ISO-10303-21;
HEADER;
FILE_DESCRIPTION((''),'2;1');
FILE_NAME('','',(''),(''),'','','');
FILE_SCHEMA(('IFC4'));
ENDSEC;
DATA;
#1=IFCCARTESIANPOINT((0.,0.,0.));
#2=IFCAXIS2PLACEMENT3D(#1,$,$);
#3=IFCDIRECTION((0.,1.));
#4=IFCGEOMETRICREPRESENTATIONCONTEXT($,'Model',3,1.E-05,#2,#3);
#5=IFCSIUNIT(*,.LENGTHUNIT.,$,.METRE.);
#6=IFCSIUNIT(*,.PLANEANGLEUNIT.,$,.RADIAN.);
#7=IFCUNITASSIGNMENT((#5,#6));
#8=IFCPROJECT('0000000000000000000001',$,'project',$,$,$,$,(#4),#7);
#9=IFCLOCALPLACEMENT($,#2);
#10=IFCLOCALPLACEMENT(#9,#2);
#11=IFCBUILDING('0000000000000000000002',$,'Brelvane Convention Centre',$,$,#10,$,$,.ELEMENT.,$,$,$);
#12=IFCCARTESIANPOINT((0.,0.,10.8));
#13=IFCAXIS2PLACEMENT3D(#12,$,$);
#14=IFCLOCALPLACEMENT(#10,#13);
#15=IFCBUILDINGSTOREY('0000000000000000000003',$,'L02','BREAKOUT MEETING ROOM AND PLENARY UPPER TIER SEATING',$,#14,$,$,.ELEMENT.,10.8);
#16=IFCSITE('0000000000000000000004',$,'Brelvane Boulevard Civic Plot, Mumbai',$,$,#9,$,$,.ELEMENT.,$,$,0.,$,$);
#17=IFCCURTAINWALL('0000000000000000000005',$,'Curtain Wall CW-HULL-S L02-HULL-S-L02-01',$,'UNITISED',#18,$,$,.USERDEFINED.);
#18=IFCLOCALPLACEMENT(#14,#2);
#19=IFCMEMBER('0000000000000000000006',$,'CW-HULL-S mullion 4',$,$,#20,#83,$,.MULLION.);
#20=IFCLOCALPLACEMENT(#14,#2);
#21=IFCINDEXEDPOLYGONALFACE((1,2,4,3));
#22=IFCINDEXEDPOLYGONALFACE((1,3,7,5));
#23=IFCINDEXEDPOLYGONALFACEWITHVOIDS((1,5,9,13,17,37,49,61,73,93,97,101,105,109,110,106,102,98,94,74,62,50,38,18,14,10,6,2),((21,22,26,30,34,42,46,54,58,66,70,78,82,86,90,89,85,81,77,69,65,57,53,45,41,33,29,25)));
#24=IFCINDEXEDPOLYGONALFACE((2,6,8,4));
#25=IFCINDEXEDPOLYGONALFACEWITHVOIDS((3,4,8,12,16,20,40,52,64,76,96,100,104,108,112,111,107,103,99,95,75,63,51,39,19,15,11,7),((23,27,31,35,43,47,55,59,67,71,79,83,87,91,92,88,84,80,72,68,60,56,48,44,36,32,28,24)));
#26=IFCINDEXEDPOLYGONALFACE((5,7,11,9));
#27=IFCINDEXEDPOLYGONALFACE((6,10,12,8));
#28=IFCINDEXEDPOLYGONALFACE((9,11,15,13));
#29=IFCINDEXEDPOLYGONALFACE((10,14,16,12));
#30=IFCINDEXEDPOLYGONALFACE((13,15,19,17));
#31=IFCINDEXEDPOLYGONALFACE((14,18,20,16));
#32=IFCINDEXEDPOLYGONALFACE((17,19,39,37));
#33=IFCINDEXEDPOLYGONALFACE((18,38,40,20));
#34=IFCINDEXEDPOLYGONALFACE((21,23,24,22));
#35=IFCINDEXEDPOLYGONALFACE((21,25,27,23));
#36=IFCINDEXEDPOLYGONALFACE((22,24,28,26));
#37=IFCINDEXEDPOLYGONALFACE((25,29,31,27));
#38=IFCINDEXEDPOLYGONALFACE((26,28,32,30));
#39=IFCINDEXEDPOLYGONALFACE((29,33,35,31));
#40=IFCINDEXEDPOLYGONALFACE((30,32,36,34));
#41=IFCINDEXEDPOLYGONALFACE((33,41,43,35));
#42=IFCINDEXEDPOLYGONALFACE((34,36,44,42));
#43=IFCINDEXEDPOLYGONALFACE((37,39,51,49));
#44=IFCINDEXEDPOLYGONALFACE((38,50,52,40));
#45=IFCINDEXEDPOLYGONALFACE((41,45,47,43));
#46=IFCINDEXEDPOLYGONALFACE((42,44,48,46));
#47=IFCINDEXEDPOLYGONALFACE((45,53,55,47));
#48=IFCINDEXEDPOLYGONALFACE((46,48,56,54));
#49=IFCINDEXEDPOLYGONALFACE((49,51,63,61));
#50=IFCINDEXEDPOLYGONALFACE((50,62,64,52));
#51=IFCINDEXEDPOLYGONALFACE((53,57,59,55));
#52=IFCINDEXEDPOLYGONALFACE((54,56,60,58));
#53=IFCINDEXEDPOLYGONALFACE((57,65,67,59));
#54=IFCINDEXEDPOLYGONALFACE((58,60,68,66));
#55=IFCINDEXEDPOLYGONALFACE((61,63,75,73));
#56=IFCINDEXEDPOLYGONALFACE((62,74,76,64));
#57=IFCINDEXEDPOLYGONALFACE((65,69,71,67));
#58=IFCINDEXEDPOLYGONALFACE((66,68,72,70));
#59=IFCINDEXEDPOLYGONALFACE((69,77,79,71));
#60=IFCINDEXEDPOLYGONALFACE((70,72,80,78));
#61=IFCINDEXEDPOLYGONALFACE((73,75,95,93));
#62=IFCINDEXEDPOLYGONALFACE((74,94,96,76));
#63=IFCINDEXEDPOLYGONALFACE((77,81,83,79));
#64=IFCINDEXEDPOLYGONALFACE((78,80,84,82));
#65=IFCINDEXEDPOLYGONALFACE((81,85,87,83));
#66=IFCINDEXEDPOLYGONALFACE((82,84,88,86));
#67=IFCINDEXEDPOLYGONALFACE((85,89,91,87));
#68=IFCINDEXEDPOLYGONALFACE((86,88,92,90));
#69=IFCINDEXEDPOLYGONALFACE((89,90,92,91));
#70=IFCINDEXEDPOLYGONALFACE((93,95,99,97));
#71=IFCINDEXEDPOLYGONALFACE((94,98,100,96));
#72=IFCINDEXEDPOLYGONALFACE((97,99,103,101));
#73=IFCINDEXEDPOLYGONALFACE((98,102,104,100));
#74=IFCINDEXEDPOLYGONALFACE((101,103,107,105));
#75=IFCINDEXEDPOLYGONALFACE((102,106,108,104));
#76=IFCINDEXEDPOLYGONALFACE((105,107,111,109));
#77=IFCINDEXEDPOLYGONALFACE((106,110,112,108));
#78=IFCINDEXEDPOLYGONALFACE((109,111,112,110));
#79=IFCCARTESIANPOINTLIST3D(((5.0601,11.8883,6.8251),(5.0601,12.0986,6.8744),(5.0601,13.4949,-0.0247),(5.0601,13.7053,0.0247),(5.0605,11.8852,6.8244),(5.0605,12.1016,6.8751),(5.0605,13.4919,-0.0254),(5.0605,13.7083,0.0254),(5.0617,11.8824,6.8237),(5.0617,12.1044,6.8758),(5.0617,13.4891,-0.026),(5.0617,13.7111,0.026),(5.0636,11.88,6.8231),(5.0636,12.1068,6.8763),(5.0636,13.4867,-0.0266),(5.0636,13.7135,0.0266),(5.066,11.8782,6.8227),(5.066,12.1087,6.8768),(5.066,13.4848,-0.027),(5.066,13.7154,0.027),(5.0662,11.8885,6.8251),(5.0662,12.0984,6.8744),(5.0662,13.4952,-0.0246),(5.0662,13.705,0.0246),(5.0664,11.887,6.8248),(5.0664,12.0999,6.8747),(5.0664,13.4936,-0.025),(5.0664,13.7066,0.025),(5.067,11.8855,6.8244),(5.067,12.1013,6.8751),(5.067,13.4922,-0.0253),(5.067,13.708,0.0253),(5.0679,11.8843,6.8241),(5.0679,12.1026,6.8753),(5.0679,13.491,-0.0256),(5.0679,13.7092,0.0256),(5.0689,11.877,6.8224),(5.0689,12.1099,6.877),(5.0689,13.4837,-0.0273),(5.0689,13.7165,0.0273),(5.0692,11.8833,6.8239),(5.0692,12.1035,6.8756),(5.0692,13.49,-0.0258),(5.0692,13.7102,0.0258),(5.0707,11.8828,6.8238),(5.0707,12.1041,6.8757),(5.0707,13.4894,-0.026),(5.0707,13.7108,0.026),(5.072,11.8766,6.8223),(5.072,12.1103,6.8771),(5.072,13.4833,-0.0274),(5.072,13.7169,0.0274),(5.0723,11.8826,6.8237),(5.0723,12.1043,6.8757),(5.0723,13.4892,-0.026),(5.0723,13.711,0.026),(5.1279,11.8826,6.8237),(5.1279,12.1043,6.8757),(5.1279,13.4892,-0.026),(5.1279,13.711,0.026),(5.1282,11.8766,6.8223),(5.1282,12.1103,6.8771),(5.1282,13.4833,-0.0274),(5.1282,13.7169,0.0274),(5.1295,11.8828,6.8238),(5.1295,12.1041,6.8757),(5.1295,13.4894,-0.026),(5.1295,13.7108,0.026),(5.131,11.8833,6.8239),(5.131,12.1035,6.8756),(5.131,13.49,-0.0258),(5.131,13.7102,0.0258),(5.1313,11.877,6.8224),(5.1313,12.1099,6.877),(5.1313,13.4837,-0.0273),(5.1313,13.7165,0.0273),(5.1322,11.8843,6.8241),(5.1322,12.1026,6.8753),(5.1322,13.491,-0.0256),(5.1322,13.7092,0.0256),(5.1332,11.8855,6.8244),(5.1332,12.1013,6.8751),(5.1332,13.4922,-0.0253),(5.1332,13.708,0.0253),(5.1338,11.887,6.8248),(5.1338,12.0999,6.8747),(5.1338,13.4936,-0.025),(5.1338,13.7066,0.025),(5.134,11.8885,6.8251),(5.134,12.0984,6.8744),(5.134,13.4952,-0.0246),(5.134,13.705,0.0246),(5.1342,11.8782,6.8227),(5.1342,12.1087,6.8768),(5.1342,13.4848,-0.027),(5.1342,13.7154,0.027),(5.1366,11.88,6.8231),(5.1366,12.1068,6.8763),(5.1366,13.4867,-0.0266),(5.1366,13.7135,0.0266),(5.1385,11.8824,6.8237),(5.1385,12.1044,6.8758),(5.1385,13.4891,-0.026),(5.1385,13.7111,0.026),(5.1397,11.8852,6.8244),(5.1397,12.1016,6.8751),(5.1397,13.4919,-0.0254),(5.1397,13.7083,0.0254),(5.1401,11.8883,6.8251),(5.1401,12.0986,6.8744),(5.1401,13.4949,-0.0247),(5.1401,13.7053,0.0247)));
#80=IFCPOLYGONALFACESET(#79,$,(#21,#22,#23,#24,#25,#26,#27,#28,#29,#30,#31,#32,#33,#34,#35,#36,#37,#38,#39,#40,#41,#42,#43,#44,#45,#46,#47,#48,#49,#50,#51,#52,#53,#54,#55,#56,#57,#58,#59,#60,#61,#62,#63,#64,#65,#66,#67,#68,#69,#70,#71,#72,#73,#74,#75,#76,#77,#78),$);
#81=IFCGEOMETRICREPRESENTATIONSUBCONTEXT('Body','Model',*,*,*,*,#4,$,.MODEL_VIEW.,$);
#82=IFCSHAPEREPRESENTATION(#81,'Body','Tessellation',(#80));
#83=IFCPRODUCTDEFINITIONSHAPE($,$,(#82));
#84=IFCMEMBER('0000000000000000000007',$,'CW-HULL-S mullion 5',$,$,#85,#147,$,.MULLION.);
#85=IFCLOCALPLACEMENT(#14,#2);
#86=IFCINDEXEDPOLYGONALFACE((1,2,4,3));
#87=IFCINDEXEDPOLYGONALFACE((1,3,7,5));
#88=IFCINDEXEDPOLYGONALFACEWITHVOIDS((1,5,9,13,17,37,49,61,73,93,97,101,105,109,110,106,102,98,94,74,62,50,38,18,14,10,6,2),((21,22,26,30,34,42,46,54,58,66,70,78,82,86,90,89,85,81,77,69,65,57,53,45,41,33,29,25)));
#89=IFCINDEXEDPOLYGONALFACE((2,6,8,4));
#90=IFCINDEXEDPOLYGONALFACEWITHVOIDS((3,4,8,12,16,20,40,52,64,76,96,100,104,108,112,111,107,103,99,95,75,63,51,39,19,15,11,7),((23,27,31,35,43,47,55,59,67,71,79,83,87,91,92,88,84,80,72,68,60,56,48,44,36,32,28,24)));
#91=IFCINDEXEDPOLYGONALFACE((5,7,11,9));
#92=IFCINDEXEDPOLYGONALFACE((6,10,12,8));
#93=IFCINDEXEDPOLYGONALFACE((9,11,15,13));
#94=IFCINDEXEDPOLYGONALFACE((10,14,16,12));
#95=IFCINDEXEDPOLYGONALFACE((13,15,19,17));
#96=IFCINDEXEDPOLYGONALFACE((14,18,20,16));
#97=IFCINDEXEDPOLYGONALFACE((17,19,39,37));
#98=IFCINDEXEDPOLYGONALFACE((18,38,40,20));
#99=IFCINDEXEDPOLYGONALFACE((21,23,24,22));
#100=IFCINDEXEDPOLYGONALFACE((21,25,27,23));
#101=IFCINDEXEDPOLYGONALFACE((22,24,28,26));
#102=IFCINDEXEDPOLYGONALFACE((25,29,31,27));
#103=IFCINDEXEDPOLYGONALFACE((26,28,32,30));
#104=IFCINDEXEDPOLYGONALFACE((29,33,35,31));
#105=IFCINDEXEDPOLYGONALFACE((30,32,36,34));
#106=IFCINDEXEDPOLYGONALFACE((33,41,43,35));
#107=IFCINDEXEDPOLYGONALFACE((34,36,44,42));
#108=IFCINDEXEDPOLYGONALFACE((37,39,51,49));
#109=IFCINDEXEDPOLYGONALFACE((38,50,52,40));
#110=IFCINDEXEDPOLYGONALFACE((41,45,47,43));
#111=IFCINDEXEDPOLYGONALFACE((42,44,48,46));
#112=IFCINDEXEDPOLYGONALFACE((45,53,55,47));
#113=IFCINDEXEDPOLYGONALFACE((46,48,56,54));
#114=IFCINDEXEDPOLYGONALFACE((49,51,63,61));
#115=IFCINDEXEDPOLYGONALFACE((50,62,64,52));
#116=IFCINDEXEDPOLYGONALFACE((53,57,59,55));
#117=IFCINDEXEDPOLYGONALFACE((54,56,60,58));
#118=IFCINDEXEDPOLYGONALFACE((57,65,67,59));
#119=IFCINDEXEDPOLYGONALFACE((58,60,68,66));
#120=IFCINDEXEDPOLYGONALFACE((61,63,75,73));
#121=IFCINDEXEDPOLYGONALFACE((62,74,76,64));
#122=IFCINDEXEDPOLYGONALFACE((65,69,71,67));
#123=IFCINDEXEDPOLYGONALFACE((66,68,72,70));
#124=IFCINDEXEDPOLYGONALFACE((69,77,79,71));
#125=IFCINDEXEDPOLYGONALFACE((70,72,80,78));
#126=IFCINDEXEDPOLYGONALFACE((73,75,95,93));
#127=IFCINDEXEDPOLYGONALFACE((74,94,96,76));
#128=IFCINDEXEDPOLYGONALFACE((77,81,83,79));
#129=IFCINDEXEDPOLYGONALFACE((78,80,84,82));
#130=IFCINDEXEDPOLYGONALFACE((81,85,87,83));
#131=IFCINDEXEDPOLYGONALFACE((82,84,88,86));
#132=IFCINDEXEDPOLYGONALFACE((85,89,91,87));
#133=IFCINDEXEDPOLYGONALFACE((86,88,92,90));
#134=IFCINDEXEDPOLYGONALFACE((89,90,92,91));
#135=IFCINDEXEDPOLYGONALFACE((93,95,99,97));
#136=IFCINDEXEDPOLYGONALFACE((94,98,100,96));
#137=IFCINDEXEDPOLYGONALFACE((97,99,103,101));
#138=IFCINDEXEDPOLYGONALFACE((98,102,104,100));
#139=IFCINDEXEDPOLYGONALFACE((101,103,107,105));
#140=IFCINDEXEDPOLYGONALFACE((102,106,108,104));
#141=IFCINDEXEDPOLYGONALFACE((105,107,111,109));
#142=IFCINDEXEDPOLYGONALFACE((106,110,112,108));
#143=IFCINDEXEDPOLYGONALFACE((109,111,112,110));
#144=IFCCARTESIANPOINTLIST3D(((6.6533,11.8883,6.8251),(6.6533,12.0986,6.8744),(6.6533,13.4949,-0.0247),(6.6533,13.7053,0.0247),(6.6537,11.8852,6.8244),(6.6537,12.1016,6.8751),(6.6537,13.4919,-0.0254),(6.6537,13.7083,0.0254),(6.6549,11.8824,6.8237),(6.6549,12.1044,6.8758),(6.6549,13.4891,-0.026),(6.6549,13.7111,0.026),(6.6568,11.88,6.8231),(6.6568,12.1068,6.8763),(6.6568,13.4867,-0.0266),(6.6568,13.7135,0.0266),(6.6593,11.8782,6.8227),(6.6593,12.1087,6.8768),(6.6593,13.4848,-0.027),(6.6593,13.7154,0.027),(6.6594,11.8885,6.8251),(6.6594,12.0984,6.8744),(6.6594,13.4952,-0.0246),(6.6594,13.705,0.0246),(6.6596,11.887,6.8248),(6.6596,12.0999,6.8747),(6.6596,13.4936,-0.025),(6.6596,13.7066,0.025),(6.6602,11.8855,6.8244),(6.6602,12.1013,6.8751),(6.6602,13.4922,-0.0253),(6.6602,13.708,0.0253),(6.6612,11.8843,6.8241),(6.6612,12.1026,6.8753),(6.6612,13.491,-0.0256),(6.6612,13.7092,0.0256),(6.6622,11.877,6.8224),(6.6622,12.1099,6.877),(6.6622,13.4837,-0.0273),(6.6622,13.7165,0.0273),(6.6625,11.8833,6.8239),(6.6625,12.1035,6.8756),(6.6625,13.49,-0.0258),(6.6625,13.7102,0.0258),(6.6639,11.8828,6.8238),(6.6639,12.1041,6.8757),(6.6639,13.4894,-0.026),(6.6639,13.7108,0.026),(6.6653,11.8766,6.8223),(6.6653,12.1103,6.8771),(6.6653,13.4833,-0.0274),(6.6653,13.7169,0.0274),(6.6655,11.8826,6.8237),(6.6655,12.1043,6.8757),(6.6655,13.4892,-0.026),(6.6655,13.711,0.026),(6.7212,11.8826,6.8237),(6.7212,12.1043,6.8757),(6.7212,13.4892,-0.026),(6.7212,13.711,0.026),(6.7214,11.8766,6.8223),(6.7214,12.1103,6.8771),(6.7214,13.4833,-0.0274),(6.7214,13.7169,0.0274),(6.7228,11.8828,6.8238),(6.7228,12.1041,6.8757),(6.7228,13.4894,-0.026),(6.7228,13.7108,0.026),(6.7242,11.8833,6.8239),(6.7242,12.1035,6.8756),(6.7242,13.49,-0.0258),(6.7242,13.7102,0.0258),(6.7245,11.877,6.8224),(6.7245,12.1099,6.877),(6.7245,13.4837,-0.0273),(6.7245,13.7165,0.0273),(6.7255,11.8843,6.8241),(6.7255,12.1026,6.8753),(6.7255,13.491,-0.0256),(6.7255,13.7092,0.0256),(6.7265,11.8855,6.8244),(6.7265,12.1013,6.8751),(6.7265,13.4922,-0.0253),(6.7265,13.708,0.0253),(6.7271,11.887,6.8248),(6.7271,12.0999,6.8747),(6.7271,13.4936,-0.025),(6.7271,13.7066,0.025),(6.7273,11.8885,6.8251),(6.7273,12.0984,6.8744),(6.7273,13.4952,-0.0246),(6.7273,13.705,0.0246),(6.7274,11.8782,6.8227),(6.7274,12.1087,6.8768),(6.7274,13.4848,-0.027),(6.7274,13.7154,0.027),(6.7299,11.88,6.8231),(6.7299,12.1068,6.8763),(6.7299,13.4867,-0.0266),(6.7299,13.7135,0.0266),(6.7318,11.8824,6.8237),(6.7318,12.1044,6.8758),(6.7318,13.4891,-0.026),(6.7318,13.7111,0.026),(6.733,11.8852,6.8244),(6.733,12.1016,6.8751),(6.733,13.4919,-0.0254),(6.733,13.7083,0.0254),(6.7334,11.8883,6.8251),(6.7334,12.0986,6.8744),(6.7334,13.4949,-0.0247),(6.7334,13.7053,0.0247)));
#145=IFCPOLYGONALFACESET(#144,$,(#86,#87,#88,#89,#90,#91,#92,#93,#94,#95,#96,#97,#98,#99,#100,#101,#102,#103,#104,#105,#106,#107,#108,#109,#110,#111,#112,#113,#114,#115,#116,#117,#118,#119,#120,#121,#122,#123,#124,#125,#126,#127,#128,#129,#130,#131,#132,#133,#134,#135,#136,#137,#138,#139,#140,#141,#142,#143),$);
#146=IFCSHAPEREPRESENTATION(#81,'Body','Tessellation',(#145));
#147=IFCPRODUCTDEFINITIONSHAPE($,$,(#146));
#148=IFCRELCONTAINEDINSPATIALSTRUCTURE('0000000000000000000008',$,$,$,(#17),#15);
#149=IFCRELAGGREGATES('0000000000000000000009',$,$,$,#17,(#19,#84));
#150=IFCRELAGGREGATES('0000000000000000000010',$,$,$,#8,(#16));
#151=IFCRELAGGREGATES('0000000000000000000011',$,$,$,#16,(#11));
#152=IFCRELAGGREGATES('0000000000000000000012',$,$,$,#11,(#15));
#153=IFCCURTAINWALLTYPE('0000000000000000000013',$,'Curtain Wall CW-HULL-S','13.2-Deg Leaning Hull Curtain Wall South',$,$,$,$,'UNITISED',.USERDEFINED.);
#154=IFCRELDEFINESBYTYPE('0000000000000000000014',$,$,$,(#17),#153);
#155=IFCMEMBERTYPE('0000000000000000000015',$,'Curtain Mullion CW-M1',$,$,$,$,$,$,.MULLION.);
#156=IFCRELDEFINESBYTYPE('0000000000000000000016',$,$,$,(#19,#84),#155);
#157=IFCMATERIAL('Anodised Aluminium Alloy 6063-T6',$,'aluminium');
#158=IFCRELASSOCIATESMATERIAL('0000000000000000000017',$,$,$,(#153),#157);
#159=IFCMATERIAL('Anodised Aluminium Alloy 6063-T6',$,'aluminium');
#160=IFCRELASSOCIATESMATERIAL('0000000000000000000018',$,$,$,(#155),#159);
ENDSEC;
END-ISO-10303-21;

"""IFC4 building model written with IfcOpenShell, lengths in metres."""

from ifc_helpers import new_model, si_unit, direction, frame, origin, origin_2d, place, context, subcontext, project, spatial, hollow_rectangle, extrude, material, material_profile, profile_set, type_object, element, aggregate, save


model = new_model("IFC4")

# Units and contexts
model_context = context("Model", 3, precision=1e-05, world=origin(), true_north=direction((0.0, 1.0)))
body_context = subcontext(model_context, "Body", "Model", "MODEL_VIEW")
ifc_project = project(units=[si_unit("LENGTHUNIT", "METRE"), si_unit("PLANEANGLEUNIT", "RADIAN")], contexts=[model_context])

# Site, building, storey
site_placement = place(None, origin())
site = spatial("IfcSite", under=ifc_project, at=site_placement, Name="Brelvane Boulevard Civic Plot, Mumbai", CompositionType="ELEMENT", RefElevation=0.0)
building_placement = place(site_placement, origin())
building = spatial("IfcBuilding", under=site, at=building_placement, Name="Brelvane Convention Centre", CompositionType="ELEMENT")
storey_placement = place(building_placement, frame((0.0, 0.0, 10.8)))
storey = spatial("IfcBuildingStorey", under=building, at=storey_placement, Name="L02", Description="BREAKOUT MEETING ROOM AND PLENARY UPPER TIER SEATING", CompositionType="ELEMENT", Elevation=10.8)

# Curtain wall, members
ifc_material_1 = material(Name="Anodised Aluminium Alloy 6063-T6", Category="aluminium")
curtain_wall_type = type_object("IfcCurtainWallType", Name="Curtain Wall CW-HULL-S", Description="13.2-Deg Leaning Hull Curtain Wall South", ElementType="UNITISED", PredefinedType="USERDEFINED", material=ifc_material_1)
curtain_wall_1_placement = place(storey_placement, origin())
curtain_wall_1 = element("IfcCurtainWall", 1, at=curtain_wall_1_placement, inside=storey, type_object=curtain_wall_type, Name="Curtain Wall CW-HULL-S L02-HULL-S-L02-01", ObjectType="UNITISED", PredefinedType="USERDEFINED")
ifc_material_2 = material(Name="Anodised Aluminium Alloy 6063-T6", Category="aluminium")
ifc_material_profile_1 = material_profile(ifc_material_2, hollow_rectangle(XDim=0.0801, YDim=0.24, WallThickness=0.0061, InnerFilletRadius=0.0061, OuterFilletRadius=0.012, at=origin_2d()), Name="ALU-M 240x80x6.0")
ifc_profile_set_1 = profile_set([ifc_material_profile_1], Name="Anodised Aluminium Alloy 6063-T6")
member_type_1 = type_object("IfcMemberType", Name="Curtain Mullion CW-M1", PredefinedType="MULLION", material=ifc_profile_set_1)
member_1_placement = place(storey_placement, frame((5.1001, 13.6001, 0.0), z_axis=(0.0, -0.22836, 0.973577), x_axis=(1.0, 0.0, 0.0)))
member_1 = element("IfcMember", 2, at=member_1_placement, type_object=member_type_1, Name="CW-HULL-S mullion 4", PredefinedType="MULLION", context=body_context, shape_type="SweptSolid", body=[
    extrude(hollow_rectangle(XDim=0.0801, YDim=0.24, WallThickness=0.0061, InnerFilletRadius=0.0061, OuterFilletRadius=0.012, at=origin_2d()), origin(), (0.0, 0.0, 1.0), 7.0356),
])
member_2_placement = place(storey_placement, frame((6.6934, 13.6001, 0.0), z_axis=(0.0, -0.22836, 0.973577), x_axis=(1.0, 0.0, 0.0)))
member_2 = element("IfcMember", 3, at=member_2_placement, type_object=member_type_1, Name="CW-HULL-S mullion 5", PredefinedType="MULLION", context=body_context, shape_type="SweptSolid", body=[
    extrude(hollow_rectangle(XDim=0.0801, YDim=0.24, WallThickness=0.0061, InnerFilletRadius=0.0061, OuterFilletRadius=0.012, at=origin_2d()), origin(), (0.0, 0.0, 1.0), 7.0356),
])

aggregate(curtain_wall_1, [member_1, member_2])

save(model, "model.ifc")
